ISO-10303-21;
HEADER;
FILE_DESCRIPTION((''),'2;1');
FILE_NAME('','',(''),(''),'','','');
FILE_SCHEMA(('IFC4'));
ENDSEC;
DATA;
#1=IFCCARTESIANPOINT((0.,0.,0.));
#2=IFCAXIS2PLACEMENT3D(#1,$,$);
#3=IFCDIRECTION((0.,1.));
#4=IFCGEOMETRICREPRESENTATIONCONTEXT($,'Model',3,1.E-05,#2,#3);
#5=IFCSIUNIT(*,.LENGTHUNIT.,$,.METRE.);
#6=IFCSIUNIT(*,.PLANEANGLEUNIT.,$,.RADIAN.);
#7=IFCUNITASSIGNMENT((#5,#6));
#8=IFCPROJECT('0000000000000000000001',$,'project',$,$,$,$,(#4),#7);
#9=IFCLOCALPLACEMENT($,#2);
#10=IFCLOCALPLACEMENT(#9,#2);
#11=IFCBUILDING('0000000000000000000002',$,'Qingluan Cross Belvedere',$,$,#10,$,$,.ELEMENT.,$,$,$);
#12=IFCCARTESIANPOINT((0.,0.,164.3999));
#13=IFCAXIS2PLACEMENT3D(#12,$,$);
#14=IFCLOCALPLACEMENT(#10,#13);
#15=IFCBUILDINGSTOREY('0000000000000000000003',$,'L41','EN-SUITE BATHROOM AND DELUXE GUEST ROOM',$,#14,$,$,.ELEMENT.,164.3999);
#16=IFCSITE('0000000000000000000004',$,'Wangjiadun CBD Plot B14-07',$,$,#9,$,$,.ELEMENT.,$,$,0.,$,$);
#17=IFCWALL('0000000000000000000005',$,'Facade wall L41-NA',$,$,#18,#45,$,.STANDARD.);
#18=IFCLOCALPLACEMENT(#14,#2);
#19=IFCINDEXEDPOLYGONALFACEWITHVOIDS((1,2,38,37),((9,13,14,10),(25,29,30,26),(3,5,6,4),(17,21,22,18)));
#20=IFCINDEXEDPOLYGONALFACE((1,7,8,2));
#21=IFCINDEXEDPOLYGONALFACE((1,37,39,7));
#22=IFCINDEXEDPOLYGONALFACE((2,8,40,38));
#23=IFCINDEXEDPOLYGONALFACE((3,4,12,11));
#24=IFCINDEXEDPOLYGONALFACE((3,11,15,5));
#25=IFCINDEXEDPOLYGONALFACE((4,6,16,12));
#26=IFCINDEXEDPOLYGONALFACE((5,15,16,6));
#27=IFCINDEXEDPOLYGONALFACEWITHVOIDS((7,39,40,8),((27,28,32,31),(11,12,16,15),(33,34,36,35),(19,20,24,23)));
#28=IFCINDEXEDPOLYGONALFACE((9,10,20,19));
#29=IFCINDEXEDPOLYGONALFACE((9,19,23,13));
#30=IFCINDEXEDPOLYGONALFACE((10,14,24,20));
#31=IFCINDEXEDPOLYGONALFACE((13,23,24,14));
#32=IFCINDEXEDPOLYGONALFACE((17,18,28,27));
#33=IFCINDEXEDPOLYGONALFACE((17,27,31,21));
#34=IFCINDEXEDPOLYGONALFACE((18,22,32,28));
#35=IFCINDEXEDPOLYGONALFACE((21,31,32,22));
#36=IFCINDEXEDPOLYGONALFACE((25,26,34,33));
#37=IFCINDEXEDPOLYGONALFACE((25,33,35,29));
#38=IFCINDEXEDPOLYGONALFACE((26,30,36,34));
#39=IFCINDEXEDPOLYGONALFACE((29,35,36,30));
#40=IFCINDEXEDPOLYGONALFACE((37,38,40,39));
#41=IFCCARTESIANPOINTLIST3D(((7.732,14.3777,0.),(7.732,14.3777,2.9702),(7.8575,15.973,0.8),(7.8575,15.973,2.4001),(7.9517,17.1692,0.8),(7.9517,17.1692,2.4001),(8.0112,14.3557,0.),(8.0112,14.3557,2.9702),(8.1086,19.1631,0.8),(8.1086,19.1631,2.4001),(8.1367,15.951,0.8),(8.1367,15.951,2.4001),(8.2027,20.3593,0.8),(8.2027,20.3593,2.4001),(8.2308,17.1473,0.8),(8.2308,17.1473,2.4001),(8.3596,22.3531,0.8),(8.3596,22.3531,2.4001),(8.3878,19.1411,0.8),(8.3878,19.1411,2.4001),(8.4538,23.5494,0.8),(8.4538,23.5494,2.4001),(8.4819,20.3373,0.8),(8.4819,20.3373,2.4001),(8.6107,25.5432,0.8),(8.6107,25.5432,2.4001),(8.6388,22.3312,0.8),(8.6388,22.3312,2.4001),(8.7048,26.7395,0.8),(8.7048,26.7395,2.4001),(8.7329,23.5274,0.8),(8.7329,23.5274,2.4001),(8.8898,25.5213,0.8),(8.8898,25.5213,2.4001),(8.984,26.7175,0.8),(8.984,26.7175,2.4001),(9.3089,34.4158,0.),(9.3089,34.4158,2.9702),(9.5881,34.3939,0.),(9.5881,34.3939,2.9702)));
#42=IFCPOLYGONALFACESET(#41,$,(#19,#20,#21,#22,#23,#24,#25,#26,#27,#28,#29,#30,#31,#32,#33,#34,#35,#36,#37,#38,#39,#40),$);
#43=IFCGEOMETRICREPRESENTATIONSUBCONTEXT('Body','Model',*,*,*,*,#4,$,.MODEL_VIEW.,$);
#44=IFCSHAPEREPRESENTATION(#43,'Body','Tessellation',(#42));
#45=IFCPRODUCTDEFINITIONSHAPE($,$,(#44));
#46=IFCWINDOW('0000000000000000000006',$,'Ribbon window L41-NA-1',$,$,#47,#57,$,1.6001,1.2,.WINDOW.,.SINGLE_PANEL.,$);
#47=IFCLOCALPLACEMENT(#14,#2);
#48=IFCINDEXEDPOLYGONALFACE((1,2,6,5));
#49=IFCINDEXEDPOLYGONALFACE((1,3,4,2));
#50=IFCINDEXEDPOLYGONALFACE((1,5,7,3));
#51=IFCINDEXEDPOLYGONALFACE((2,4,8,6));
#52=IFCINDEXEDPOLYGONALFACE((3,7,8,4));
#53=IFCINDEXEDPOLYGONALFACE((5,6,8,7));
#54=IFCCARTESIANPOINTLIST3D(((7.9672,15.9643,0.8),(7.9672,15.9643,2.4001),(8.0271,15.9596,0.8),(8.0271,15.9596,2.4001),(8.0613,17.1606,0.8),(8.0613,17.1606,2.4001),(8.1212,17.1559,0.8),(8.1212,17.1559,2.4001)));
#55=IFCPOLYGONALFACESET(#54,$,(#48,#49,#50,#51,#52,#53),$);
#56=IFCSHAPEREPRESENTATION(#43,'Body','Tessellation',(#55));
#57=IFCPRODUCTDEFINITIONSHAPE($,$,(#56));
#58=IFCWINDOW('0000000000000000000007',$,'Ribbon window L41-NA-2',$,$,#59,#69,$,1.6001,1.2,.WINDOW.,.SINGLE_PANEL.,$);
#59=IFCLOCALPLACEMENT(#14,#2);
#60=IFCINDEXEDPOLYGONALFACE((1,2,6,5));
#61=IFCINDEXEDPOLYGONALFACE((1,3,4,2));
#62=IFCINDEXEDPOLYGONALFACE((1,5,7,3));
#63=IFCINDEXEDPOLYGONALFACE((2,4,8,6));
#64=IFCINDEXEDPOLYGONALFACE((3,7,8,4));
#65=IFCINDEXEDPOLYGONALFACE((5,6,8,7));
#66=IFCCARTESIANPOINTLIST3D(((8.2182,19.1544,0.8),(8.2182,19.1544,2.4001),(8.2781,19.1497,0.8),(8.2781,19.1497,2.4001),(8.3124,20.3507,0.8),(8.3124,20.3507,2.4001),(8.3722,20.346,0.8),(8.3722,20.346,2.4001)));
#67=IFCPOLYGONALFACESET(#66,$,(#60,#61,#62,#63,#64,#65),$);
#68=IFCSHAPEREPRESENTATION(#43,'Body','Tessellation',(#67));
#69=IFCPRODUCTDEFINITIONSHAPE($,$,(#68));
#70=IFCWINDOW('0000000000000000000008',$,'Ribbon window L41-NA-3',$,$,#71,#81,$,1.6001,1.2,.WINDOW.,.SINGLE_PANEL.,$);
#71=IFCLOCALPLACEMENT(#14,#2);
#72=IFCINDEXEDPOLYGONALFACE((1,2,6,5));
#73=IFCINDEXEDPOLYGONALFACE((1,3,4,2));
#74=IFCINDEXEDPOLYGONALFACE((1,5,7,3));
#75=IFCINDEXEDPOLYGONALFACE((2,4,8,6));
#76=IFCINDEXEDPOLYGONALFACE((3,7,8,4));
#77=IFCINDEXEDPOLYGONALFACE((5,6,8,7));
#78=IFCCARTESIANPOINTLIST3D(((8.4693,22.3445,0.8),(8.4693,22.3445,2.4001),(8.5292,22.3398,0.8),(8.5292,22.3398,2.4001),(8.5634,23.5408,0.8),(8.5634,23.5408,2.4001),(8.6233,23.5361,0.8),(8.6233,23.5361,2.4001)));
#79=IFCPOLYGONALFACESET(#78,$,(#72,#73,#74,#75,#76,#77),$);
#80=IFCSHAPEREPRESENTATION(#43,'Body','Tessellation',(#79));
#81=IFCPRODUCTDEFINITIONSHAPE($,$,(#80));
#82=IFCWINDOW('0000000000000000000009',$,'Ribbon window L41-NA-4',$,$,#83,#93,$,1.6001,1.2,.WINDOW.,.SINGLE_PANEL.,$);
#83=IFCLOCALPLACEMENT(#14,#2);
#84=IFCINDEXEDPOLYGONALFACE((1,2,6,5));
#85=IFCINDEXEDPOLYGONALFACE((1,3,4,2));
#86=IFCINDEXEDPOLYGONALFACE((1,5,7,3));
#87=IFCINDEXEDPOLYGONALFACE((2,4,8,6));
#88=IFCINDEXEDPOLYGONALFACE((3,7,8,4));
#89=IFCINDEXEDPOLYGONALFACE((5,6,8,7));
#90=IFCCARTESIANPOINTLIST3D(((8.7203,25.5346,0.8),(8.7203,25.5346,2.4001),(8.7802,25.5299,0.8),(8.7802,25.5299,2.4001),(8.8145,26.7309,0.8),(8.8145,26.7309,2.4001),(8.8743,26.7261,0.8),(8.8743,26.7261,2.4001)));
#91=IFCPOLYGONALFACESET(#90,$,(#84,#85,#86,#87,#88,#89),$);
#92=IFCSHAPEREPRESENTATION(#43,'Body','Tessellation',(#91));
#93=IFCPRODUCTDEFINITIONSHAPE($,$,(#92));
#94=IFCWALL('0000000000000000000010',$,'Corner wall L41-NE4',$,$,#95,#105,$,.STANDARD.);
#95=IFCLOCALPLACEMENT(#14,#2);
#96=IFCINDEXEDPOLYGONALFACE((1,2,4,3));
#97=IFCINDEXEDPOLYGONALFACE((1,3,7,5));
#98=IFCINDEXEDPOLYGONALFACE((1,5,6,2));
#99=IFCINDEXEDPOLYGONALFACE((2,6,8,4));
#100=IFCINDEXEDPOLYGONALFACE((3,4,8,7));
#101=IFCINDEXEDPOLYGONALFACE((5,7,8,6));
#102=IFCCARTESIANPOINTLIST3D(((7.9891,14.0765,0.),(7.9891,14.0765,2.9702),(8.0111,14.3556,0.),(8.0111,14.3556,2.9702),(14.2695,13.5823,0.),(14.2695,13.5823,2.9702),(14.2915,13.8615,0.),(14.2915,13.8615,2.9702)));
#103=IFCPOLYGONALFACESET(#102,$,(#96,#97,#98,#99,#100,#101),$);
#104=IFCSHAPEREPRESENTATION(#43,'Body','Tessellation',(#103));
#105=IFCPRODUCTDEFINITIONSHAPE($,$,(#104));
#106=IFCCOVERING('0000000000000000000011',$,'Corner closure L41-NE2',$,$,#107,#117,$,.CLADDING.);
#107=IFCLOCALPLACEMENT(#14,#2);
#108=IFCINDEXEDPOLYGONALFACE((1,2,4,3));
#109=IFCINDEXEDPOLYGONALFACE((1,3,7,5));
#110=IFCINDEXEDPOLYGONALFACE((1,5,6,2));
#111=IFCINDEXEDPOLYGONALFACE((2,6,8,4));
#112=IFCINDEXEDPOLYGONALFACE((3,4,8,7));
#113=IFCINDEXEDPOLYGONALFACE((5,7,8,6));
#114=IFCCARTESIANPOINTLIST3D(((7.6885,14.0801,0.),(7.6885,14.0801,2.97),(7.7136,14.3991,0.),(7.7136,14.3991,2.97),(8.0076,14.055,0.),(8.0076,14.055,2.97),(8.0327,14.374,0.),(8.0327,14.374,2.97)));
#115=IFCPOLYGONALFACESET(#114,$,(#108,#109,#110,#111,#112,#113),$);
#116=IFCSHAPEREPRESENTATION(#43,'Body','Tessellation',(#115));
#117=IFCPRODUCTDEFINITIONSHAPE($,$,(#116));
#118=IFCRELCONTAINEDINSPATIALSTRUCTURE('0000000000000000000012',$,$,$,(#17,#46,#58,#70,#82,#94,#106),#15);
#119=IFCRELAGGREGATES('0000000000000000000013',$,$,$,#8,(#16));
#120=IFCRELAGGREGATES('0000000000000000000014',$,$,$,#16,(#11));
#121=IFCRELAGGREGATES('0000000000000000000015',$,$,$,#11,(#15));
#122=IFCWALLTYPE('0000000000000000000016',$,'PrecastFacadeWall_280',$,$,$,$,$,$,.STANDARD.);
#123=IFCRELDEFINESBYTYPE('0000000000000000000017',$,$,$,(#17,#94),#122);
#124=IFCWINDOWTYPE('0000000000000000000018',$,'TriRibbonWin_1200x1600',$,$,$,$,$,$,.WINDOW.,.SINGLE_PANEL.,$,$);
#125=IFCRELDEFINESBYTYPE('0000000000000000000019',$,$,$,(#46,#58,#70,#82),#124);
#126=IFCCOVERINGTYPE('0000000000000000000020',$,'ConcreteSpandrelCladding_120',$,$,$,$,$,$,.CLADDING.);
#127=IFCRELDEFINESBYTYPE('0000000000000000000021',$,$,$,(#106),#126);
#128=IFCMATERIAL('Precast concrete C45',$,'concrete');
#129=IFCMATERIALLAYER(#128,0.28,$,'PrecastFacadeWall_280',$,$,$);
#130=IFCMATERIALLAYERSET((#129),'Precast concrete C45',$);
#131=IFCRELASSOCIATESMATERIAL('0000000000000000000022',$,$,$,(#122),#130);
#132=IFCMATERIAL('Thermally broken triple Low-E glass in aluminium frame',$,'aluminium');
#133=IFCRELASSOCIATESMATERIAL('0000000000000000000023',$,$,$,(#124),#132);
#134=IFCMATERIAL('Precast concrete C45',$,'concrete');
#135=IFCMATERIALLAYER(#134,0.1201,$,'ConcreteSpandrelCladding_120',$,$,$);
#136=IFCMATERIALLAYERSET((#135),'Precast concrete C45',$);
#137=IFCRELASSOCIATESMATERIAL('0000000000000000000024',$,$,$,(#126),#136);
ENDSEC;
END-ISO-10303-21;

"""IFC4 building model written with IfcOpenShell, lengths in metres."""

from ifc_helpers import new_model, si_unit, direction, frame, frame_2d, origin, origin_2d, place, context, subcontext, project, spatial, rectangle, extrude, material, layer, layer_set, type_object, element, fill, save


model = new_model("IFC4")

# Units and contexts
model_context = context("Model", 3, precision=1e-05, world=origin(), true_north=direction((0.0, 1.0)))
body_context = subcontext(model_context, "Body", "Model", "MODEL_VIEW")
ifc_project = project(units=[si_unit("LENGTHUNIT", "METRE"), si_unit("PLANEANGLEUNIT", "RADIAN")], contexts=[model_context])

# Site, building, storey
site_placement = place(None, origin())
site = spatial("IfcSite", under=ifc_project, at=site_placement, Name="Wangjiadun CBD Plot B14-07", CompositionType="ELEMENT", RefElevation=0.0)
building_placement = place(site_placement, origin())
building = spatial("IfcBuilding", under=site, at=building_placement, Name="Qingluan Cross Belvedere", CompositionType="ELEMENT")
storey_placement = place(building_placement, frame((0.0, 0.0, 164.3999)))
storey = spatial("IfcBuildingStorey", under=building, at=storey_placement, Name="L41", Description="EN-SUITE BATHROOM AND DELUXE GUEST ROOM", CompositionType="ELEMENT", Elevation=164.3999)

# Wall, openings, windows
ifc_material_1 = material(Name="Precast concrete C45", Category="concrete")
ifc_layer_1 = layer(ifc_material_1, 0.28, Name="PrecastFacadeWall_280")
ifc_layer_set_1 = layer_set([ifc_layer_1], Name="Precast concrete C45")
wall_type = type_object("IfcWallType", Name="PrecastFacadeWall_280", PredefinedType="STANDARD", material=ifc_layer_set_1)
wall_1_placement = place(storey_placement, frame((7.8716, 14.3667, 0.0), z_axis=(0.0, 0.0, 1.0), x_axis=(0.078453, 0.996918, 0.0)))
wall_1 = element("IfcWall", 1, at=wall_1_placement, inside=storey, type_object=wall_type, Name="Facade wall L41-NA", PredefinedType="STANDARD", context=body_context, shape_type="SweptSolid", body=[
    extrude(rectangle(XDim=20.1001, YDim=0.28, at=frame_2d((10.05, 0.0))), origin(), (0.0, 0.0, 1.0), 2.9702),
])
opening_1_placement = place(wall_1_placement, frame((1.6001, 0.0, 0.8)))
opening_1 = element("IfcOpeningElement", 2, at=opening_1_placement, cuts=wall_1, PredefinedType="OPENING", context=body_context, shape_type="SweptSolid", body=[
    extrude(rectangle(XDim=1.2, YDim=1.6001, at=frame_2d((0.6001, 0.8))), frame((0.0, 0.1499, 0.0), z_axis=(0.0, -1.0, 0.0), x_axis=(1.0, 0.0, 0.0)), (0.0, 0.0, 1.0), 0.3),
])
opening_2_placement = place(wall_1_placement, frame((4.8, 0.0, 0.8)))
opening_2 = element("IfcOpeningElement", 3, at=opening_2_placement, cuts=wall_1, PredefinedType="OPENING", context=body_context, shape_type="SweptSolid", body=[
    extrude(rectangle(XDim=1.2, YDim=1.6001, at=frame_2d((0.6001, 0.8))), frame((0.0, 0.1499, 0.0), z_axis=(0.0, -1.0, 0.0), x_axis=(1.0, 0.0, 0.0)), (0.0, 0.0, 1.0), 0.3),
])
opening_3_placement = place(wall_1_placement, frame((8.0, 0.0, 0.8)))
opening_3 = element("IfcOpeningElement", 4, at=opening_3_placement, cuts=wall_1, PredefinedType="OPENING", context=body_context, shape_type="SweptSolid", body=[
    extrude(rectangle(XDim=1.2, YDim=1.6001, at=frame_2d((0.6001, 0.8))), frame((0.0, 0.1499, 0.0), z_axis=(0.0, -1.0, 0.0), x_axis=(1.0, 0.0, 0.0)), (0.0, 0.0, 1.0), 0.3),
])
opening_4_placement = place(wall_1_placement, frame((11.2, 0.0, 0.8)))
opening_4 = element("IfcOpeningElement", 5, at=opening_4_placement, cuts=wall_1, PredefinedType="OPENING", context=body_context, shape_type="SweptSolid", body=[
    extrude(rectangle(XDim=1.2, YDim=1.6001, at=frame_2d((0.6001, 0.8))), frame((0.0, 0.1499, 0.0), z_axis=(0.0, -1.0, 0.0), x_axis=(1.0, 0.0, 0.0)), (0.0, 0.0, 1.0), 0.3),
])
ifc_material_2 = material(Name="Thermally broken triple Low-E glass in aluminium frame", Category="aluminium")
window_type = type_object("IfcWindowType", Name="TriRibbonWin_1200x1600", PartitioningType="SINGLE_PANEL", PredefinedType="WINDOW", material=ifc_material_2)
window_1_placement = place(opening_1_placement, origin())
window_1 = element("IfcWindow", 6, at=window_1_placement, inside=storey, type_object=window_type, Name="Ribbon window L41-NA-1", OverallHeight=1.6001, OverallWidth=1.2, PartitioningType="SINGLE_PANEL", PredefinedType="WINDOW", context=body_context, shape_type="SweptSolid", body=[
    extrude(rectangle(XDim=1.2, YDim=1.6001, at=frame_2d((0.6001, 0.8))), frame((0.0, 0.03, 0.0), z_axis=(0.0, -1.0, 0.0), x_axis=(1.0, 0.0, 0.0)), (0.0, 0.0, 1.0), 0.0601),
])
fill(opening_1, window_1)
window_2_placement = place(opening_2_placement, origin())
window_2 = element("IfcWindow", 7, at=window_2_placement, inside=storey, type_object=window_type, Name="Ribbon window L41-NA-2", OverallHeight=1.6001, OverallWidth=1.2, PartitioningType="SINGLE_PANEL", PredefinedType="WINDOW", context=body_context, shape_type="SweptSolid", body=[
    extrude(rectangle(XDim=1.2, YDim=1.6001, at=frame_2d((0.6001, 0.8))), frame((0.0, 0.03, 0.0), z_axis=(0.0, -1.0, 0.0), x_axis=(1.0, 0.0, 0.0)), (0.0, 0.0, 1.0), 0.0601),
])
fill(opening_2, window_2)
window_3_placement = place(opening_3_placement, origin())
window_3 = element("IfcWindow", 8, at=window_3_placement, inside=storey, type_object=window_type, Name="Ribbon window L41-NA-3", OverallHeight=1.6001, OverallWidth=1.2, PartitioningType="SINGLE_PANEL", PredefinedType="WINDOW", context=body_context, shape_type="SweptSolid", body=[
    extrude(rectangle(XDim=1.2, YDim=1.6001, at=frame_2d((0.6001, 0.8))), frame((0.0, 0.03, 0.0), z_axis=(0.0, -1.0, 0.0), x_axis=(1.0, 0.0, 0.0)), (0.0, 0.0, 1.0), 0.0601),
])
fill(opening_3, window_3)
window_4_placement = place(opening_4_placement, origin())
window_4 = element("IfcWindow", 9, at=window_4_placement, inside=storey, type_object=window_type, Name="Ribbon window L41-NA-4", OverallHeight=1.6001, OverallWidth=1.2, PartitioningType="SINGLE_PANEL", PredefinedType="WINDOW", context=body_context, shape_type="SweptSolid", body=[
    extrude(rectangle(XDim=1.2, YDim=1.6001, at=frame_2d((0.6001, 0.8))), frame((0.0, 0.03, 0.0), z_axis=(0.0, -1.0, 0.0), x_axis=(1.0, 0.0, 0.0)), (0.0, 0.0, 1.0), 0.0601),
])
fill(opening_4, window_4)

# Wall
wall_2_placement = place(storey_placement, frame((14.2805, 13.7219, 0.0), z_axis=(0.0, 0.0, 1.0), x_axis=(-0.996919, 0.078436, 0.0)))
element("IfcWall", 10, at=wall_2_placement, inside=storey, type_object=wall_type, Name="Corner wall L41-NE4", PredefinedType="STANDARD", context=body_context, shape_type="SweptSolid", body=[
    extrude(rectangle(XDim=6.2998, YDim=0.28, at=frame_2d((3.1499, 0.0))), origin(), (0.0, 0.0, 1.0), 2.9702),
])

# Covering
ifc_material_3 = material(Name="Precast concrete C45", Category="concrete")
ifc_layer_2 = layer(ifc_material_3, 0.1201, Name="ConcreteSpandrelCladding_120")
ifc_layer_set_2 = layer_set([ifc_layer_2], Name="Precast concrete C45")
covering_type = type_object("IfcCoveringType", Name="ConcreteSpandrelCladding_120", PredefinedType="CLADDING", material=ifc_layer_set_2)
covering_placement = place(storey_placement, frame((7.8606, 14.2271, 0.0), z_axis=(0.0, 0.0, 1.0), x_axis=(0.996917, -0.078459, 0.0)))
element("IfcCovering", 11, at=covering_placement, inside=storey, type_object=covering_type, Name="Corner closure L41-NE2", PredefinedType="CLADDING", context=body_context, shape_type="SweptSolid", body=[
    extrude(rectangle(XDim=0.3201, YDim=0.3201, at=origin_2d()), origin(), (0.0, 0.0, 1.0), 2.97),
])

save(model, "model.ifc")
